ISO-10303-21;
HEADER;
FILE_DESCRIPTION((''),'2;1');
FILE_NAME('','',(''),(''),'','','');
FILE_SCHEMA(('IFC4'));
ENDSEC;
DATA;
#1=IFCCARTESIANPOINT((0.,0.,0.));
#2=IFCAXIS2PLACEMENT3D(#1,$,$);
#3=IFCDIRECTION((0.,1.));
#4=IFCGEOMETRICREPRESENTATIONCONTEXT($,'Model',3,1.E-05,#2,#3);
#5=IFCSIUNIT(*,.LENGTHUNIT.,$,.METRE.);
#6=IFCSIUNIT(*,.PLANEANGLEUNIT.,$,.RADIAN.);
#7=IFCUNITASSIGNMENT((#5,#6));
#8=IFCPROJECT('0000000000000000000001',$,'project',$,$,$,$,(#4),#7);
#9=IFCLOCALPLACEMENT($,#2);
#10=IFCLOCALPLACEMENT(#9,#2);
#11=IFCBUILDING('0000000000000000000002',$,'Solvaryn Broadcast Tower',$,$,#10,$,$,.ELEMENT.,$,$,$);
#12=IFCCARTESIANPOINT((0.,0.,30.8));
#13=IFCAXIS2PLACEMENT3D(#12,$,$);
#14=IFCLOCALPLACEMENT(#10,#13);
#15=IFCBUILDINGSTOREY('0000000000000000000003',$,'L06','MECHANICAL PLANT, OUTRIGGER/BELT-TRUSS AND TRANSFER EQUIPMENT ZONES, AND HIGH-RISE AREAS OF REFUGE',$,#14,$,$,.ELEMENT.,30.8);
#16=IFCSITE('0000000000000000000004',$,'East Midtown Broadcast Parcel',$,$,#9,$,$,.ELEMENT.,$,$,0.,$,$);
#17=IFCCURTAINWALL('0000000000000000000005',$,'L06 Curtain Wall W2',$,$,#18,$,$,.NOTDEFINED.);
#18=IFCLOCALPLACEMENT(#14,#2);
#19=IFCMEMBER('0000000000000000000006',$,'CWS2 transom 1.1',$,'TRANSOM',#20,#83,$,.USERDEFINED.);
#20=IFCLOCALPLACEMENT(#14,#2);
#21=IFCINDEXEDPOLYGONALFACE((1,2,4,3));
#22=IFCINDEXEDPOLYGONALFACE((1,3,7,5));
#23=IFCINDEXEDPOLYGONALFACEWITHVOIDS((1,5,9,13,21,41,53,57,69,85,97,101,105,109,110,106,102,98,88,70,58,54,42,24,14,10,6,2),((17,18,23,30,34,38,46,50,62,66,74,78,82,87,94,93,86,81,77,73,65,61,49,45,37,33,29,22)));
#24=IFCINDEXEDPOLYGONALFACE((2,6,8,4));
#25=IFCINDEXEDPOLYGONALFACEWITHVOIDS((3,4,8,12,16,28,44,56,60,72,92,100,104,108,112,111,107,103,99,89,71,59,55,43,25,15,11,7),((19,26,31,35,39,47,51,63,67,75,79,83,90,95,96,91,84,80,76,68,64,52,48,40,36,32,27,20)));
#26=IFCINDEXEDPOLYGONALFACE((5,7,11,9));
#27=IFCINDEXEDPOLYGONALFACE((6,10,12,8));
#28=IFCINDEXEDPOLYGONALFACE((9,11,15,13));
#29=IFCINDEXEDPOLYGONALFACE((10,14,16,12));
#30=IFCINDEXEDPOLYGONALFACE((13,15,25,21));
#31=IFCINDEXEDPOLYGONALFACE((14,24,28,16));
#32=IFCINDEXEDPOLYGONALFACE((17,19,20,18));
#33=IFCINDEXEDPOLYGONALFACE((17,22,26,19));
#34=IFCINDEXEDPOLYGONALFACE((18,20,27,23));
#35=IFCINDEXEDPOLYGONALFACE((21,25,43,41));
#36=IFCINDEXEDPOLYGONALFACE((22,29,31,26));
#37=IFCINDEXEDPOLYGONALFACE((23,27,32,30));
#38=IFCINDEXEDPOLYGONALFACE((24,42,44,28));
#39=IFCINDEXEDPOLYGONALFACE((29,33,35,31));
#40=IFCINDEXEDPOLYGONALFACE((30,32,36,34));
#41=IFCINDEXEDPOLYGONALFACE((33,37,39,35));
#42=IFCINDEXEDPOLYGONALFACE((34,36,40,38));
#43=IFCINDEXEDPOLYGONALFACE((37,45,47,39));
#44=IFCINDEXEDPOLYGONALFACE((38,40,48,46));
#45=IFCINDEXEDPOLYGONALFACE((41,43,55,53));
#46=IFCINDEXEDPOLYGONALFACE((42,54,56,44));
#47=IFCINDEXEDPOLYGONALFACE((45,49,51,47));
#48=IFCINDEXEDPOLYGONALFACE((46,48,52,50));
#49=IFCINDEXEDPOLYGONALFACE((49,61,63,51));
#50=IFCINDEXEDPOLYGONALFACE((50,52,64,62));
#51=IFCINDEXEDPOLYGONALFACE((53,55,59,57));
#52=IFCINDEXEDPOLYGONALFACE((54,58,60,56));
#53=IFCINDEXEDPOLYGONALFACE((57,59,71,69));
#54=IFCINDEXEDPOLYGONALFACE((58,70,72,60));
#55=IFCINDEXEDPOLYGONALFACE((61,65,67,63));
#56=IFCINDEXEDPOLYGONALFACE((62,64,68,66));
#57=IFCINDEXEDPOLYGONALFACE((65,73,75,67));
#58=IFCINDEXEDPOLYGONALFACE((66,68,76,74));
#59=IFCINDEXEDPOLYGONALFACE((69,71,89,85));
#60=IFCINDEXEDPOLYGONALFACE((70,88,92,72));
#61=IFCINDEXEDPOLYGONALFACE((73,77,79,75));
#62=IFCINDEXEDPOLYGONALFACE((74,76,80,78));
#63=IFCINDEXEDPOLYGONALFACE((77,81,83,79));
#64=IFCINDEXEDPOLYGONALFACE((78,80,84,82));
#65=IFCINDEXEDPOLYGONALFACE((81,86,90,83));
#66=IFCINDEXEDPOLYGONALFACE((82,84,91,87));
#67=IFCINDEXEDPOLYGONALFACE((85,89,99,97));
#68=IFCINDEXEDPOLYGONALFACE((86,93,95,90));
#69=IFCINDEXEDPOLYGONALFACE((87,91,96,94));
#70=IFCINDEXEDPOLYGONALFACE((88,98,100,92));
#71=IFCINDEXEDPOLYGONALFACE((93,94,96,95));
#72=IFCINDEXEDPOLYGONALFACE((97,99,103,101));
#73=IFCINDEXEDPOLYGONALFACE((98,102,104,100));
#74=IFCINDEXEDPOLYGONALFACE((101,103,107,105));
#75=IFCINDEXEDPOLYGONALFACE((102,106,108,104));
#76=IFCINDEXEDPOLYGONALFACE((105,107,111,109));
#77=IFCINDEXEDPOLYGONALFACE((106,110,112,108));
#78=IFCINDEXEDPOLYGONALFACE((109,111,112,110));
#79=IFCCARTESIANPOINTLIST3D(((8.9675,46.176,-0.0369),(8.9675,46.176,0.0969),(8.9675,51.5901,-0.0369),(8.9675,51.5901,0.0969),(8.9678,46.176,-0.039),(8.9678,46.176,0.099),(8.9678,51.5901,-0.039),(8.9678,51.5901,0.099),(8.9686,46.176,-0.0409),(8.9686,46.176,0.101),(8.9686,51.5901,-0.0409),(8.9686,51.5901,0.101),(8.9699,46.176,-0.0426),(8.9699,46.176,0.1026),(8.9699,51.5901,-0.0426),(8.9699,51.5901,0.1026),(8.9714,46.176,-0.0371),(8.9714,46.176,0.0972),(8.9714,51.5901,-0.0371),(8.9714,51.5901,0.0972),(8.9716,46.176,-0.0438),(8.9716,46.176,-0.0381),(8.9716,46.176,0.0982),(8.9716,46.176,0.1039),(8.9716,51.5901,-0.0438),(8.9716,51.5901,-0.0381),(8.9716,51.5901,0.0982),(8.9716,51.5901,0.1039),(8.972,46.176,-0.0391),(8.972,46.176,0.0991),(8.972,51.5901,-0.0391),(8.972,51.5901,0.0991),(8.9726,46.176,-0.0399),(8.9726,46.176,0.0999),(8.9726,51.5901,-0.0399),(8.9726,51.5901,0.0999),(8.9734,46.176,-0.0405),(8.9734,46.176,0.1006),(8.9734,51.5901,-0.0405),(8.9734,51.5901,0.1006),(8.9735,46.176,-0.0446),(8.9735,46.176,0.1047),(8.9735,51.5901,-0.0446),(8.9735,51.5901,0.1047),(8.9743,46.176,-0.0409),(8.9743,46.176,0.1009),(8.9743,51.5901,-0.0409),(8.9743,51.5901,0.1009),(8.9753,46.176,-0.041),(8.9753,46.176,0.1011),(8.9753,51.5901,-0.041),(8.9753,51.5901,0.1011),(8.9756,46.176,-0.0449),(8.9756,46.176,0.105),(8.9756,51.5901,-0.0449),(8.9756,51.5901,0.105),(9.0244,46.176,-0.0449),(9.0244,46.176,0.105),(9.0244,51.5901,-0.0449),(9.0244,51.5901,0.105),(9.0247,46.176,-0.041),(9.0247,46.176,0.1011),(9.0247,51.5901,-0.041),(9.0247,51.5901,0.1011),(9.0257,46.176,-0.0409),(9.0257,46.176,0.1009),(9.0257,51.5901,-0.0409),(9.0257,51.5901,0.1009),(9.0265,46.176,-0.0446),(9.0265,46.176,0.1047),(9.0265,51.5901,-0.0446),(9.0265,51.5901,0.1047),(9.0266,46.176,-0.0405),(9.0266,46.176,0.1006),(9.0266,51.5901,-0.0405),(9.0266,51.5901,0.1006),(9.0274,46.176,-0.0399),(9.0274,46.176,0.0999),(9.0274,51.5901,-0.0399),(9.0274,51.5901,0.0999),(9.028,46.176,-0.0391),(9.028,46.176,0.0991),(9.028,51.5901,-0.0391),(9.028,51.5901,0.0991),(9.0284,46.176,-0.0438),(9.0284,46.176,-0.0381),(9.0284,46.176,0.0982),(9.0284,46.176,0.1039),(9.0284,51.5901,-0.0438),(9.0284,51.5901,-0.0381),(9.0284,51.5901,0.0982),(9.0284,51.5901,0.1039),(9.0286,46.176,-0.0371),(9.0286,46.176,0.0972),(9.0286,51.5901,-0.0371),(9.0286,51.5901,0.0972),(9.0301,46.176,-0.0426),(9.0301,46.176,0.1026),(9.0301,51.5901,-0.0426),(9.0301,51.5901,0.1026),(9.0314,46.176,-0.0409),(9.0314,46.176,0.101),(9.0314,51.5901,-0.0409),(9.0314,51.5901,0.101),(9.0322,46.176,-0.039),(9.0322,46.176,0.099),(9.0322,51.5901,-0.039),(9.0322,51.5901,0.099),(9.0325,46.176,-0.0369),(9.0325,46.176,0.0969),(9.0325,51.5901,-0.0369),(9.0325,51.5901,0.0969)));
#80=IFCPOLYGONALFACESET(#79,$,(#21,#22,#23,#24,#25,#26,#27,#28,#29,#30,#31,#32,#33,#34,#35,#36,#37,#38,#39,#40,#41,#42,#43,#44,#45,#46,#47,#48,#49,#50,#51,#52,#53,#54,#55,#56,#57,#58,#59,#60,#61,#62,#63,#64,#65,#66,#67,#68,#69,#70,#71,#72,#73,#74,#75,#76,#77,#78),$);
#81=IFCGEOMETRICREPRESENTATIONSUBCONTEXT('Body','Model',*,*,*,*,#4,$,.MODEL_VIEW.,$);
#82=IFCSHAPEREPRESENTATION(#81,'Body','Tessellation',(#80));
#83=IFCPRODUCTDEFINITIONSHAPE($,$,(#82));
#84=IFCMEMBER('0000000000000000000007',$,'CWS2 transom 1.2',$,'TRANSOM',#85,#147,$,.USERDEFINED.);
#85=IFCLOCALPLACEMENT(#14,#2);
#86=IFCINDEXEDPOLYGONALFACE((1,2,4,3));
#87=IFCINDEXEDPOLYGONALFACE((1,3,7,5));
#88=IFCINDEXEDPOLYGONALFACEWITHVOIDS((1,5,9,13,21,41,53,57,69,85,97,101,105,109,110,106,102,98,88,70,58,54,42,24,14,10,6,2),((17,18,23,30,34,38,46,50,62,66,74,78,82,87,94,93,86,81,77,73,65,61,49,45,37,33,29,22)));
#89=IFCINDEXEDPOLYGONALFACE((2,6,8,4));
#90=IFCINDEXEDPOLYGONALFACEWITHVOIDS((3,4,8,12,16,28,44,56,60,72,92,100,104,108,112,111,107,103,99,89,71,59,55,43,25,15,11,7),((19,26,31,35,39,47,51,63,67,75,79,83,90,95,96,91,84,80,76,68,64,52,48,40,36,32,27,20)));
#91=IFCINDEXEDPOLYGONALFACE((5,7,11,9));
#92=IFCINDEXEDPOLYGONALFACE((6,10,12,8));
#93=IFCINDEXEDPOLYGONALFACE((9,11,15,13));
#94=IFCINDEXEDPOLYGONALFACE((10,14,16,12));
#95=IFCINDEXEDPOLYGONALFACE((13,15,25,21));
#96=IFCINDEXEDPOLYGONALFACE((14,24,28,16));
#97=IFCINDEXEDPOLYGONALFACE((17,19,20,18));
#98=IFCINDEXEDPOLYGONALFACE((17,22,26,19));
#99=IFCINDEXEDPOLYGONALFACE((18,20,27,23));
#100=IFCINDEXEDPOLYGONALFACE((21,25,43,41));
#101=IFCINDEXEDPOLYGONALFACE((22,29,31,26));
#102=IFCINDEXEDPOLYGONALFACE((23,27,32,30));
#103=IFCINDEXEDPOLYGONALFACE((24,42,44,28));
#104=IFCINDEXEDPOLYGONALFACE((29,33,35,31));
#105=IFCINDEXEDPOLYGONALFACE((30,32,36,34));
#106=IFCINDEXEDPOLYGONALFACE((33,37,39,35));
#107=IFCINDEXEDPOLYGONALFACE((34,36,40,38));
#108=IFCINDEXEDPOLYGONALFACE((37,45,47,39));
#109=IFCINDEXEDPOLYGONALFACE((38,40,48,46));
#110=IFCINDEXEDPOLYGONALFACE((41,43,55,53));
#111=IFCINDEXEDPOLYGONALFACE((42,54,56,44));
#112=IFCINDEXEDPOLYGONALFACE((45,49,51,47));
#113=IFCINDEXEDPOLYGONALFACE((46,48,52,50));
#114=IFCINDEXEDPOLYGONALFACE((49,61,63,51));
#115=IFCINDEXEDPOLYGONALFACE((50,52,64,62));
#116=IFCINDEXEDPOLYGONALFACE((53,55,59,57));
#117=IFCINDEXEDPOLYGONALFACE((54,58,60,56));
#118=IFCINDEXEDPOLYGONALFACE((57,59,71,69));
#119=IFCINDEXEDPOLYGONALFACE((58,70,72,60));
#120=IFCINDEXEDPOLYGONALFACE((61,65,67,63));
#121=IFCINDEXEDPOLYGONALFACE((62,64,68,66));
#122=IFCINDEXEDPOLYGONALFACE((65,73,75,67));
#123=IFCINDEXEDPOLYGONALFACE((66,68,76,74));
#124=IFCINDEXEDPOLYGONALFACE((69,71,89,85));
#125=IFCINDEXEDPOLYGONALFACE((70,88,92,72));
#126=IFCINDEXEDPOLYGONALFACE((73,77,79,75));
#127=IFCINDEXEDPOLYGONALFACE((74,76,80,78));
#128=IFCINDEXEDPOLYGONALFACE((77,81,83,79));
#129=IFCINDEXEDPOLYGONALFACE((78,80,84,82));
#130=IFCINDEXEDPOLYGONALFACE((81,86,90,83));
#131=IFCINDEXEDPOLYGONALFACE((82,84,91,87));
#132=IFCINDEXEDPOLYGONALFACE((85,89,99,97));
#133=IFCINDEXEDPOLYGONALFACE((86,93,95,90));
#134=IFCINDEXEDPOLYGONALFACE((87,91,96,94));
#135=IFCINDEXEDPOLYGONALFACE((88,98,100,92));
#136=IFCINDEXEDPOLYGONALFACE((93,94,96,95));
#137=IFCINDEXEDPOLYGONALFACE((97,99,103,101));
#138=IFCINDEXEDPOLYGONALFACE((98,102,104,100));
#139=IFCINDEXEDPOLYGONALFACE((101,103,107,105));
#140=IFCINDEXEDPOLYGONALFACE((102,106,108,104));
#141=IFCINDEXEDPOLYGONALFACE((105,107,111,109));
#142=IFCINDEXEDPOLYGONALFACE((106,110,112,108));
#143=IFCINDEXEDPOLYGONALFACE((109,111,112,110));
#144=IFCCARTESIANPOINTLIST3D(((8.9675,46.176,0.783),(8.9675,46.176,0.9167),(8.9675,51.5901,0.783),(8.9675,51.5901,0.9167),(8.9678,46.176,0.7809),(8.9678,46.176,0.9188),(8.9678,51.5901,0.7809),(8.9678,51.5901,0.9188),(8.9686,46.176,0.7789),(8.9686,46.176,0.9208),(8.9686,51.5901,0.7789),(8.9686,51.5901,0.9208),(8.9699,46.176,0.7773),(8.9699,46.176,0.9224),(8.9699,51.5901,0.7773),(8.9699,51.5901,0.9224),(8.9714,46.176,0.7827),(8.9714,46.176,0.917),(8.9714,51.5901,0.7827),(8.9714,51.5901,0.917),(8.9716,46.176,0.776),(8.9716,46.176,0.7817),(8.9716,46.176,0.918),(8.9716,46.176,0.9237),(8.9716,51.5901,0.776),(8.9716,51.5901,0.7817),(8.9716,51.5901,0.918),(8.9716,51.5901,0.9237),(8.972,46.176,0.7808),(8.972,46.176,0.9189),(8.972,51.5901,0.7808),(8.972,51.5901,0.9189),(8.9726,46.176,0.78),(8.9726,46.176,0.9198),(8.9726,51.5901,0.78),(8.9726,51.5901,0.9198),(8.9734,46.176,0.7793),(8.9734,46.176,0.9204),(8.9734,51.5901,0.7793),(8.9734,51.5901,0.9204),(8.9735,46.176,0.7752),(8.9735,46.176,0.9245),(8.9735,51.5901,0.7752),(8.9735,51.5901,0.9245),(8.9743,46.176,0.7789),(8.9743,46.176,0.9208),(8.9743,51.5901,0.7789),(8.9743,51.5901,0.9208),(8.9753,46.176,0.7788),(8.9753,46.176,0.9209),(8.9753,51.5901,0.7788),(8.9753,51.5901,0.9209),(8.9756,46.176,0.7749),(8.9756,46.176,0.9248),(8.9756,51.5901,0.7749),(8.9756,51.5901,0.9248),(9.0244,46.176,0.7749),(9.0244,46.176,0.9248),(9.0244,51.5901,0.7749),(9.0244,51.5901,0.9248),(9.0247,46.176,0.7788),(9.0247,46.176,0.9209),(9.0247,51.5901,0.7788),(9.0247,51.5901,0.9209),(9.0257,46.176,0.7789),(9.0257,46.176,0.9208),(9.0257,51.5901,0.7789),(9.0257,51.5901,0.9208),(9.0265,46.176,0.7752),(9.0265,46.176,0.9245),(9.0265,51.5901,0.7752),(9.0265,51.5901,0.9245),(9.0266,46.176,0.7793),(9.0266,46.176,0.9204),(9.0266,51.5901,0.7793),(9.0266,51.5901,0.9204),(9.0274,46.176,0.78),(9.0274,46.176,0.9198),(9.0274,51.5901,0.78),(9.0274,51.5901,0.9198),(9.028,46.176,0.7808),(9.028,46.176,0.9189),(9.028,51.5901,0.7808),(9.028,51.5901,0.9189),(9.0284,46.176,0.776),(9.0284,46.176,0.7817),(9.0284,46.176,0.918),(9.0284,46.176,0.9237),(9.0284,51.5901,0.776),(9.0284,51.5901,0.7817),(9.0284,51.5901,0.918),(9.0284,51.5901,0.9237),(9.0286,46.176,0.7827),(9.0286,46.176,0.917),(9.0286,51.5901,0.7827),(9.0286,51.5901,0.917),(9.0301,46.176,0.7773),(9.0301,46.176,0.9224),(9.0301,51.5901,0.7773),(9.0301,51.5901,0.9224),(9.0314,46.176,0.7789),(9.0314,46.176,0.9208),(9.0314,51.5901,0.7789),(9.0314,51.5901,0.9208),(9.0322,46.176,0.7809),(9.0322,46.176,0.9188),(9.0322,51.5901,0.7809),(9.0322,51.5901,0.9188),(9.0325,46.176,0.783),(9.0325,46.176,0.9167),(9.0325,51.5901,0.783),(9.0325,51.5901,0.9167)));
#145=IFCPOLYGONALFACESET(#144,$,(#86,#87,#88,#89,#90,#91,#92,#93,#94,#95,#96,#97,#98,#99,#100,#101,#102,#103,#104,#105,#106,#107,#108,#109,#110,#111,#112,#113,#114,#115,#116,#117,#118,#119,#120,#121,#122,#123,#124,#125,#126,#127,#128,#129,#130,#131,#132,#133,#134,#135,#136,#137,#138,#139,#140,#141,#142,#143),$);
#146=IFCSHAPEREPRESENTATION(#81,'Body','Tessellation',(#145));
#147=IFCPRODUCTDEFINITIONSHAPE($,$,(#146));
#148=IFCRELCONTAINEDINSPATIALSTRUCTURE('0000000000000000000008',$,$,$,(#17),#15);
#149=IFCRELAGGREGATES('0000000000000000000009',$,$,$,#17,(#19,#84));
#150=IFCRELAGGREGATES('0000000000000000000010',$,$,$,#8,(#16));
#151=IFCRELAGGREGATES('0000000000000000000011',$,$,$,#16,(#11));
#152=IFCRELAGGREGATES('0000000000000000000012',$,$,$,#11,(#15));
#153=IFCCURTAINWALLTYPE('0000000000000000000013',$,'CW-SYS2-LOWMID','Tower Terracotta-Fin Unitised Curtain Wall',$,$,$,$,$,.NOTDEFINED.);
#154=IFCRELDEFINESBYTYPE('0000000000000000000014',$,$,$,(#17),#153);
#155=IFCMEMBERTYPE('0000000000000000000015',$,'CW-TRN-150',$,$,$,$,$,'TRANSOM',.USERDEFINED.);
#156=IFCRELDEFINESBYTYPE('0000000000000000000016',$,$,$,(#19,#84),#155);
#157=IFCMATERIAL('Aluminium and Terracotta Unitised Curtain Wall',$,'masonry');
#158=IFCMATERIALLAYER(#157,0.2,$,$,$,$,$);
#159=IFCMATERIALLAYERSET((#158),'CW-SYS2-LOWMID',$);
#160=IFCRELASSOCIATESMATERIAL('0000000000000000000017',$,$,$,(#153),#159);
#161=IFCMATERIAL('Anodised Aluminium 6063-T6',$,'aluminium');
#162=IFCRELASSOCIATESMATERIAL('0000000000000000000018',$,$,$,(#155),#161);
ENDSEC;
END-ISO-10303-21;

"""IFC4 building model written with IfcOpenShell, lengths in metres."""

from ifc_helpers import new_model, si_unit, direction, frame, origin, origin_2d, place, context, subcontext, project, spatial, hollow_rectangle, extrude, material, layer, layer_set, material_profile, profile_set, type_object, element, aggregate, save


model = new_model("IFC4")

# Units and contexts
model_context = context("Model", 3, precision=1e-05, world=origin(), true_north=direction((0.0, 1.0)))
body_context = subcontext(model_context, "Body", "Model", "MODEL_VIEW")
ifc_project = project(units=[si_unit("LENGTHUNIT", "METRE"), si_unit("PLANEANGLEUNIT", "RADIAN")], contexts=[model_context])

# Site, building, storey
site_placement = place(None, origin())
site = spatial("IfcSite", under=ifc_project, at=site_placement, Name="East Midtown Broadcast Parcel", CompositionType="ELEMENT", RefElevation=0.0)
building_placement = place(site_placement, origin())
building = spatial("IfcBuilding", under=site, at=building_placement, Name="Solvaryn Broadcast Tower", CompositionType="ELEMENT")
storey_placement = place(building_placement, frame((0.0, 0.0, 30.8)))
storey = spatial("IfcBuildingStorey", under=building, at=storey_placement, Name="L06", Description="MECHANICAL PLANT, OUTRIGGER/BELT-TRUSS AND TRANSFER EQUIPMENT ZONES, AND HIGH-RISE AREAS OF REFUGE", CompositionType="ELEMENT", Elevation=30.8)

# Shared definitions
ifc_material_1 = material(Name="Aluminium and Terracotta Unitised Curtain Wall", Category="masonry")
ifc_layer_1 = layer(ifc_material_1, 0.2)
ifc_layer_set_1 = layer_set([ifc_layer_1], Name="CW-SYS2-LOWMID")
curtain_wall_type = type_object("IfcCurtainWallType", Name="CW-SYS2-LOWMID", Description="Tower Terracotta-Fin Unitised Curtain Wall", PredefinedType="NOTDEFINED", material=ifc_layer_set_1)

# Curtain wall
curtain_wall_1_placement = place(storey_placement, origin())
curtain_wall_1 = element("IfcCurtainWall", 1, at=curtain_wall_1_placement, inside=storey, type_object=curtain_wall_type, Name="L06 Curtain Wall W2", PredefinedType="NOTDEFINED")

# Members
ifc_material_2 = material(Name="Anodised Aluminium 6063-T6", Category="aluminium")
ifc_material_profile_1 = material_profile(ifc_material_2, hollow_rectangle(XDim=0.0649, YDim=0.1499, WallThickness=0.0039, InnerFilletRadius=0.0039, OuterFilletRadius=0.0081, at=origin_2d()))
ifc_profile_set_1 = profile_set([ifc_material_profile_1], Name="Anodised Aluminium 6063-T6")
member_type_1 = type_object("IfcMemberType", Name="CW-TRN-150", ElementType="TRANSOM", PredefinedType="USERDEFINED", material=ifc_profile_set_1)
member_1_placement = place(storey_placement, frame((9.0, 46.176, 0.03), z_axis=(0.0, 1.0, 0.0), x_axis=(-1.0, 0.0, 0.0)))
member_1 = element("IfcMember", 2, at=member_1_placement, type_object=member_type_1, Name="CWS2 transom 1.1", ObjectType="TRANSOM", PredefinedType="USERDEFINED", context=body_context, shape_type="SweptSolid", body=[
    extrude(hollow_rectangle(XDim=0.0649, YDim=0.1499, WallThickness=0.0039, InnerFilletRadius=0.0039, OuterFilletRadius=0.0081, at=origin_2d()), origin(), (0.0, 0.0, 1.0), 5.4141),
])
member_2_placement = place(storey_placement, frame((9.0, 46.176, 0.8499), z_axis=(0.0, 1.0, 0.0), x_axis=(-1.0, 0.0, 0.0)))
member_2 = element("IfcMember", 3, at=member_2_placement, type_object=member_type_1, Name="CWS2 transom 1.2", ObjectType="TRANSOM", PredefinedType="USERDEFINED", context=body_context, shape_type="SweptSolid", body=[
    extrude(hollow_rectangle(XDim=0.0649, YDim=0.1499, WallThickness=0.0039, InnerFilletRadius=0.0039, OuterFilletRadius=0.0081, at=origin_2d()), origin(), (0.0, 0.0, 1.0), 5.4141),
])

aggregate(curtain_wall_1, [member_1, member_2])

save(model, "model.ifc")
